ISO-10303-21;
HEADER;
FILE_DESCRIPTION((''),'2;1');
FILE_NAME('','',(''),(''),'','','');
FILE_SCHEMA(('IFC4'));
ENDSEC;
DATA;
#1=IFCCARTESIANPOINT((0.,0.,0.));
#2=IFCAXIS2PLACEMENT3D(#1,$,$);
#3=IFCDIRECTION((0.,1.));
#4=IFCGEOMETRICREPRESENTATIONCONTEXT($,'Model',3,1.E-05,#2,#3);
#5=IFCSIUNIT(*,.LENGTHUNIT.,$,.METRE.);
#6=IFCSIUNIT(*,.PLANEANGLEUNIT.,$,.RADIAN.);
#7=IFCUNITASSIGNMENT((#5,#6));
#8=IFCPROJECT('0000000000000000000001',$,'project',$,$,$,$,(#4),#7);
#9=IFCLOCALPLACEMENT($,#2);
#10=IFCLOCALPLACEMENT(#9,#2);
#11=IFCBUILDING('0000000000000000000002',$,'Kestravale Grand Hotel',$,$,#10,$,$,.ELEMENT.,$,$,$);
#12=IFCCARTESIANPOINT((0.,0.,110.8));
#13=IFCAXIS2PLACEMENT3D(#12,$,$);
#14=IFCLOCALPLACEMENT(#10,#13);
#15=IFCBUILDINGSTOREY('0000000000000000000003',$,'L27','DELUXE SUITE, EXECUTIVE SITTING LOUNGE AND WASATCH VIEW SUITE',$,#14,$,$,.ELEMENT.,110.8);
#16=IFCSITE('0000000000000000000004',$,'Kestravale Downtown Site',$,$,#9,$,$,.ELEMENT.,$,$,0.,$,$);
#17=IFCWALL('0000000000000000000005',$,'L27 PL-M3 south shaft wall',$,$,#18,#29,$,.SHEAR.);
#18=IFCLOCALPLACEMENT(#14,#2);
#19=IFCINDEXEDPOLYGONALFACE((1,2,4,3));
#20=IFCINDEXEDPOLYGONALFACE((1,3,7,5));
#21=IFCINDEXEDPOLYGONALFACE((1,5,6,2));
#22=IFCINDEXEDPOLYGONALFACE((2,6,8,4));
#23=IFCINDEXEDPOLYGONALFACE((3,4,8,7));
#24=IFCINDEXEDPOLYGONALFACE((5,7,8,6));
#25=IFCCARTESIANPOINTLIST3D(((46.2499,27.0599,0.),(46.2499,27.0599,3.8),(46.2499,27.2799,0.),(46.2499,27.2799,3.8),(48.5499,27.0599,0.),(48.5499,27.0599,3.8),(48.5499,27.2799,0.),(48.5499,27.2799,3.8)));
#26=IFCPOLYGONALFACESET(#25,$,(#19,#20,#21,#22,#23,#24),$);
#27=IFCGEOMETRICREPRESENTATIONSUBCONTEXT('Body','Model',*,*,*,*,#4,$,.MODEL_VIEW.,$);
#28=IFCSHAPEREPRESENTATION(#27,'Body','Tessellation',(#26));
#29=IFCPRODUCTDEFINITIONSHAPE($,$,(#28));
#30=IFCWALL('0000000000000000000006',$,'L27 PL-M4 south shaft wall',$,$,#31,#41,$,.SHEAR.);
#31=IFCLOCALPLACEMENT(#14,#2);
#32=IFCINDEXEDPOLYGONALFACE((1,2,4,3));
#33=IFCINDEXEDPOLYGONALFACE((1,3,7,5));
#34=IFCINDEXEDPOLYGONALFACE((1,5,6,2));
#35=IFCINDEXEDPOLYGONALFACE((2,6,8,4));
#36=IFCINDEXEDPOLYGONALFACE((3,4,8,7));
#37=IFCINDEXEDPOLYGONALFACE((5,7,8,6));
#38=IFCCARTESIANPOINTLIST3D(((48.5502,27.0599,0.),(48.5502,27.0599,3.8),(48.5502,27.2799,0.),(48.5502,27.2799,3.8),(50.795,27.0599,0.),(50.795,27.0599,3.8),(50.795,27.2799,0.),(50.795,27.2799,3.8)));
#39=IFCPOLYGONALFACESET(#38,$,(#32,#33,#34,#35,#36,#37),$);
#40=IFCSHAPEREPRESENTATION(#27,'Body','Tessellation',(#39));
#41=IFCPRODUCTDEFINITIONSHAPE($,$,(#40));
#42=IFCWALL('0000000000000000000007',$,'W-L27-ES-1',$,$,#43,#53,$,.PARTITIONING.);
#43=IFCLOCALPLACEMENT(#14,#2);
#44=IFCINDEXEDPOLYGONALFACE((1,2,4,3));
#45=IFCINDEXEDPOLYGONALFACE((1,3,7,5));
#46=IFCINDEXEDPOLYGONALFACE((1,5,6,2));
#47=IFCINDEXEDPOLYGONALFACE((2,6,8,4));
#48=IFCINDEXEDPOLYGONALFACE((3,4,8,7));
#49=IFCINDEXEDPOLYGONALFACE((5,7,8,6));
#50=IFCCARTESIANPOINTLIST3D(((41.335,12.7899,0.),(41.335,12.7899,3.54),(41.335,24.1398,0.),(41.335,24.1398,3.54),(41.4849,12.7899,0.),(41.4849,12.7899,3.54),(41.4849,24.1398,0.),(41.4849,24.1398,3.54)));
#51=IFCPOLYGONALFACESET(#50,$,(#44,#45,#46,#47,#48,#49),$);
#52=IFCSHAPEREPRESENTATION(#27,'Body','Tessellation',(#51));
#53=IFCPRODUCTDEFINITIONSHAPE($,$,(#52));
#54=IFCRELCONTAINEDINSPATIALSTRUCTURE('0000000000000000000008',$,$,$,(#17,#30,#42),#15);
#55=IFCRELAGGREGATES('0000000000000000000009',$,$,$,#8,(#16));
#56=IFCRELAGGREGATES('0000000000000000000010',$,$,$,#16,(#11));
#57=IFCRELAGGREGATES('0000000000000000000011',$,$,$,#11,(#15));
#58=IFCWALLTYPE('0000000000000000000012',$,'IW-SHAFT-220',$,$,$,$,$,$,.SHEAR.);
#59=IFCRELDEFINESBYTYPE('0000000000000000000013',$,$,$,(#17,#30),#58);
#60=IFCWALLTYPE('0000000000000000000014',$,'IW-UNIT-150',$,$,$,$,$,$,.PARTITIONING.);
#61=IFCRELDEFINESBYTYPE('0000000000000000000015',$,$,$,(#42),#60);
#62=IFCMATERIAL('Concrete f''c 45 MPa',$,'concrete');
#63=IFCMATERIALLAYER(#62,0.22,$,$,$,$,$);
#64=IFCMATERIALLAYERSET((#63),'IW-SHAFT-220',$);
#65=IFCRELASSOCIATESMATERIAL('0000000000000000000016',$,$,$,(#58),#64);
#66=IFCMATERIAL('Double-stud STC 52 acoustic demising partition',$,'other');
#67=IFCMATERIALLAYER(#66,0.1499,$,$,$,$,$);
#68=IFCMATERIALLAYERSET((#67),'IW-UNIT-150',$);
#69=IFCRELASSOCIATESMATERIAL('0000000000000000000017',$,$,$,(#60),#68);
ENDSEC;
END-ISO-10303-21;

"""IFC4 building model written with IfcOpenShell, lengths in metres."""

from ifc_helpers import new_model, si_unit, direction, frame, frame_2d, origin, place, context, subcontext, project, spatial, rectangle, extrude, material, layer, layer_set, type_object, element, save


model = new_model("IFC4")

# Units and contexts
model_context = context("Model", 3, precision=1e-05, world=origin(), true_north=direction((0.0, 1.0)))
body_context = subcontext(model_context, "Body", "Model", "MODEL_VIEW")
ifc_project = project(units=[si_unit("LENGTHUNIT", "METRE"), si_unit("PLANEANGLEUNIT", "RADIAN")], contexts=[model_context])

# Site, building, storey
site_placement = place(None, origin())
site = spatial("IfcSite", under=ifc_project, at=site_placement, Name="Kestravale Downtown Site", CompositionType="ELEMENT", RefElevation=0.0)
building_placement = place(site_placement, origin())
building = spatial("IfcBuilding", under=site, at=building_placement, Name="Kestravale Grand Hotel", CompositionType="ELEMENT")
storey_placement = place(building_placement, frame((0.0, 0.0, 110.8)))
storey = spatial("IfcBuildingStorey", under=building, at=storey_placement, Name="L27", Description="DELUXE SUITE, EXECUTIVE SITTING LOUNGE AND WASATCH VIEW SUITE", CompositionType="ELEMENT", Elevation=110.8)

# Walls
ifc_material_1 = material(Name="Concrete f'c 45 MPa", Category="concrete")
ifc_layer_1 = layer(ifc_material_1, 0.22)
ifc_layer_set_1 = layer_set([ifc_layer_1], Name="IW-SHAFT-220")
wall_type_1 = type_object("IfcWallType", Name="IW-SHAFT-220", PredefinedType="SHEAR", material=ifc_layer_set_1)
for number, where, z_axis, x_axis, name in (
    (1, (46.25, 27.1699, 0.0), (0.0, 0.0, 1.0), (1.0, 0.0, 0.0), "L27 PL-M3 south shaft wall"),
):
    element("IfcWall", number, at=place(storey_placement, frame(where, z_axis=z_axis, x_axis=x_axis)), inside=storey, type_object=wall_type_1, Name=name, PredefinedType="SHEAR", context=body_context, shape_type="SweptSolid", body=[
        extrude(rectangle(XDim=2.3, YDim=0.22, at=frame_2d((1.1499, 0.0))), origin(), (0.0, 0.0, 1.0), 3.8),
    ])
wall_1_placement = place(storey_placement, frame((48.55, 27.1699, 0.0), z_axis=(0.0, 0.0, 1.0), x_axis=(1.0, 0.0, 0.0)))
element("IfcWall", 2, at=wall_1_placement, inside=storey, type_object=wall_type_1, Name="L27 PL-M4 south shaft wall", PredefinedType="SHEAR", context=body_context, shape_type="SweptSolid", body=[
    extrude(rectangle(XDim=2.2449, YDim=0.22, at=frame_2d((1.1226, 0.0))), origin(), (0.0, 0.0, 1.0), 3.8),
])
ifc_material_2 = material(Name="Double-stud STC 52 acoustic demising partition", Category="other")
ifc_layer_2 = layer(ifc_material_2, 0.1499)
ifc_layer_set_2 = layer_set([ifc_layer_2], Name="IW-UNIT-150")
wall_type_2 = type_object("IfcWallType", Name="IW-UNIT-150", PredefinedType="PARTITIONING", material=ifc_layer_set_2)
wall_2_placement = place(storey_placement, frame((41.4099, 12.79, 0.0), z_axis=(0.0, 0.0, 1.0), x_axis=(0.0, 1.0, 0.0)))
element("IfcWall", 3, at=wall_2_placement, inside=storey, type_object=wall_type_2, Name="W-L27-ES-1", PredefinedType="PARTITIONING", context=body_context, shape_type="SweptSolid", body=[
    extrude(rectangle(XDim=11.3499, YDim=0.1499, at=frame_2d((5.6748, 0.0))), origin(), (0.0, 0.0, 1.0), 3.54),
])

save(model, "model.ifc")
